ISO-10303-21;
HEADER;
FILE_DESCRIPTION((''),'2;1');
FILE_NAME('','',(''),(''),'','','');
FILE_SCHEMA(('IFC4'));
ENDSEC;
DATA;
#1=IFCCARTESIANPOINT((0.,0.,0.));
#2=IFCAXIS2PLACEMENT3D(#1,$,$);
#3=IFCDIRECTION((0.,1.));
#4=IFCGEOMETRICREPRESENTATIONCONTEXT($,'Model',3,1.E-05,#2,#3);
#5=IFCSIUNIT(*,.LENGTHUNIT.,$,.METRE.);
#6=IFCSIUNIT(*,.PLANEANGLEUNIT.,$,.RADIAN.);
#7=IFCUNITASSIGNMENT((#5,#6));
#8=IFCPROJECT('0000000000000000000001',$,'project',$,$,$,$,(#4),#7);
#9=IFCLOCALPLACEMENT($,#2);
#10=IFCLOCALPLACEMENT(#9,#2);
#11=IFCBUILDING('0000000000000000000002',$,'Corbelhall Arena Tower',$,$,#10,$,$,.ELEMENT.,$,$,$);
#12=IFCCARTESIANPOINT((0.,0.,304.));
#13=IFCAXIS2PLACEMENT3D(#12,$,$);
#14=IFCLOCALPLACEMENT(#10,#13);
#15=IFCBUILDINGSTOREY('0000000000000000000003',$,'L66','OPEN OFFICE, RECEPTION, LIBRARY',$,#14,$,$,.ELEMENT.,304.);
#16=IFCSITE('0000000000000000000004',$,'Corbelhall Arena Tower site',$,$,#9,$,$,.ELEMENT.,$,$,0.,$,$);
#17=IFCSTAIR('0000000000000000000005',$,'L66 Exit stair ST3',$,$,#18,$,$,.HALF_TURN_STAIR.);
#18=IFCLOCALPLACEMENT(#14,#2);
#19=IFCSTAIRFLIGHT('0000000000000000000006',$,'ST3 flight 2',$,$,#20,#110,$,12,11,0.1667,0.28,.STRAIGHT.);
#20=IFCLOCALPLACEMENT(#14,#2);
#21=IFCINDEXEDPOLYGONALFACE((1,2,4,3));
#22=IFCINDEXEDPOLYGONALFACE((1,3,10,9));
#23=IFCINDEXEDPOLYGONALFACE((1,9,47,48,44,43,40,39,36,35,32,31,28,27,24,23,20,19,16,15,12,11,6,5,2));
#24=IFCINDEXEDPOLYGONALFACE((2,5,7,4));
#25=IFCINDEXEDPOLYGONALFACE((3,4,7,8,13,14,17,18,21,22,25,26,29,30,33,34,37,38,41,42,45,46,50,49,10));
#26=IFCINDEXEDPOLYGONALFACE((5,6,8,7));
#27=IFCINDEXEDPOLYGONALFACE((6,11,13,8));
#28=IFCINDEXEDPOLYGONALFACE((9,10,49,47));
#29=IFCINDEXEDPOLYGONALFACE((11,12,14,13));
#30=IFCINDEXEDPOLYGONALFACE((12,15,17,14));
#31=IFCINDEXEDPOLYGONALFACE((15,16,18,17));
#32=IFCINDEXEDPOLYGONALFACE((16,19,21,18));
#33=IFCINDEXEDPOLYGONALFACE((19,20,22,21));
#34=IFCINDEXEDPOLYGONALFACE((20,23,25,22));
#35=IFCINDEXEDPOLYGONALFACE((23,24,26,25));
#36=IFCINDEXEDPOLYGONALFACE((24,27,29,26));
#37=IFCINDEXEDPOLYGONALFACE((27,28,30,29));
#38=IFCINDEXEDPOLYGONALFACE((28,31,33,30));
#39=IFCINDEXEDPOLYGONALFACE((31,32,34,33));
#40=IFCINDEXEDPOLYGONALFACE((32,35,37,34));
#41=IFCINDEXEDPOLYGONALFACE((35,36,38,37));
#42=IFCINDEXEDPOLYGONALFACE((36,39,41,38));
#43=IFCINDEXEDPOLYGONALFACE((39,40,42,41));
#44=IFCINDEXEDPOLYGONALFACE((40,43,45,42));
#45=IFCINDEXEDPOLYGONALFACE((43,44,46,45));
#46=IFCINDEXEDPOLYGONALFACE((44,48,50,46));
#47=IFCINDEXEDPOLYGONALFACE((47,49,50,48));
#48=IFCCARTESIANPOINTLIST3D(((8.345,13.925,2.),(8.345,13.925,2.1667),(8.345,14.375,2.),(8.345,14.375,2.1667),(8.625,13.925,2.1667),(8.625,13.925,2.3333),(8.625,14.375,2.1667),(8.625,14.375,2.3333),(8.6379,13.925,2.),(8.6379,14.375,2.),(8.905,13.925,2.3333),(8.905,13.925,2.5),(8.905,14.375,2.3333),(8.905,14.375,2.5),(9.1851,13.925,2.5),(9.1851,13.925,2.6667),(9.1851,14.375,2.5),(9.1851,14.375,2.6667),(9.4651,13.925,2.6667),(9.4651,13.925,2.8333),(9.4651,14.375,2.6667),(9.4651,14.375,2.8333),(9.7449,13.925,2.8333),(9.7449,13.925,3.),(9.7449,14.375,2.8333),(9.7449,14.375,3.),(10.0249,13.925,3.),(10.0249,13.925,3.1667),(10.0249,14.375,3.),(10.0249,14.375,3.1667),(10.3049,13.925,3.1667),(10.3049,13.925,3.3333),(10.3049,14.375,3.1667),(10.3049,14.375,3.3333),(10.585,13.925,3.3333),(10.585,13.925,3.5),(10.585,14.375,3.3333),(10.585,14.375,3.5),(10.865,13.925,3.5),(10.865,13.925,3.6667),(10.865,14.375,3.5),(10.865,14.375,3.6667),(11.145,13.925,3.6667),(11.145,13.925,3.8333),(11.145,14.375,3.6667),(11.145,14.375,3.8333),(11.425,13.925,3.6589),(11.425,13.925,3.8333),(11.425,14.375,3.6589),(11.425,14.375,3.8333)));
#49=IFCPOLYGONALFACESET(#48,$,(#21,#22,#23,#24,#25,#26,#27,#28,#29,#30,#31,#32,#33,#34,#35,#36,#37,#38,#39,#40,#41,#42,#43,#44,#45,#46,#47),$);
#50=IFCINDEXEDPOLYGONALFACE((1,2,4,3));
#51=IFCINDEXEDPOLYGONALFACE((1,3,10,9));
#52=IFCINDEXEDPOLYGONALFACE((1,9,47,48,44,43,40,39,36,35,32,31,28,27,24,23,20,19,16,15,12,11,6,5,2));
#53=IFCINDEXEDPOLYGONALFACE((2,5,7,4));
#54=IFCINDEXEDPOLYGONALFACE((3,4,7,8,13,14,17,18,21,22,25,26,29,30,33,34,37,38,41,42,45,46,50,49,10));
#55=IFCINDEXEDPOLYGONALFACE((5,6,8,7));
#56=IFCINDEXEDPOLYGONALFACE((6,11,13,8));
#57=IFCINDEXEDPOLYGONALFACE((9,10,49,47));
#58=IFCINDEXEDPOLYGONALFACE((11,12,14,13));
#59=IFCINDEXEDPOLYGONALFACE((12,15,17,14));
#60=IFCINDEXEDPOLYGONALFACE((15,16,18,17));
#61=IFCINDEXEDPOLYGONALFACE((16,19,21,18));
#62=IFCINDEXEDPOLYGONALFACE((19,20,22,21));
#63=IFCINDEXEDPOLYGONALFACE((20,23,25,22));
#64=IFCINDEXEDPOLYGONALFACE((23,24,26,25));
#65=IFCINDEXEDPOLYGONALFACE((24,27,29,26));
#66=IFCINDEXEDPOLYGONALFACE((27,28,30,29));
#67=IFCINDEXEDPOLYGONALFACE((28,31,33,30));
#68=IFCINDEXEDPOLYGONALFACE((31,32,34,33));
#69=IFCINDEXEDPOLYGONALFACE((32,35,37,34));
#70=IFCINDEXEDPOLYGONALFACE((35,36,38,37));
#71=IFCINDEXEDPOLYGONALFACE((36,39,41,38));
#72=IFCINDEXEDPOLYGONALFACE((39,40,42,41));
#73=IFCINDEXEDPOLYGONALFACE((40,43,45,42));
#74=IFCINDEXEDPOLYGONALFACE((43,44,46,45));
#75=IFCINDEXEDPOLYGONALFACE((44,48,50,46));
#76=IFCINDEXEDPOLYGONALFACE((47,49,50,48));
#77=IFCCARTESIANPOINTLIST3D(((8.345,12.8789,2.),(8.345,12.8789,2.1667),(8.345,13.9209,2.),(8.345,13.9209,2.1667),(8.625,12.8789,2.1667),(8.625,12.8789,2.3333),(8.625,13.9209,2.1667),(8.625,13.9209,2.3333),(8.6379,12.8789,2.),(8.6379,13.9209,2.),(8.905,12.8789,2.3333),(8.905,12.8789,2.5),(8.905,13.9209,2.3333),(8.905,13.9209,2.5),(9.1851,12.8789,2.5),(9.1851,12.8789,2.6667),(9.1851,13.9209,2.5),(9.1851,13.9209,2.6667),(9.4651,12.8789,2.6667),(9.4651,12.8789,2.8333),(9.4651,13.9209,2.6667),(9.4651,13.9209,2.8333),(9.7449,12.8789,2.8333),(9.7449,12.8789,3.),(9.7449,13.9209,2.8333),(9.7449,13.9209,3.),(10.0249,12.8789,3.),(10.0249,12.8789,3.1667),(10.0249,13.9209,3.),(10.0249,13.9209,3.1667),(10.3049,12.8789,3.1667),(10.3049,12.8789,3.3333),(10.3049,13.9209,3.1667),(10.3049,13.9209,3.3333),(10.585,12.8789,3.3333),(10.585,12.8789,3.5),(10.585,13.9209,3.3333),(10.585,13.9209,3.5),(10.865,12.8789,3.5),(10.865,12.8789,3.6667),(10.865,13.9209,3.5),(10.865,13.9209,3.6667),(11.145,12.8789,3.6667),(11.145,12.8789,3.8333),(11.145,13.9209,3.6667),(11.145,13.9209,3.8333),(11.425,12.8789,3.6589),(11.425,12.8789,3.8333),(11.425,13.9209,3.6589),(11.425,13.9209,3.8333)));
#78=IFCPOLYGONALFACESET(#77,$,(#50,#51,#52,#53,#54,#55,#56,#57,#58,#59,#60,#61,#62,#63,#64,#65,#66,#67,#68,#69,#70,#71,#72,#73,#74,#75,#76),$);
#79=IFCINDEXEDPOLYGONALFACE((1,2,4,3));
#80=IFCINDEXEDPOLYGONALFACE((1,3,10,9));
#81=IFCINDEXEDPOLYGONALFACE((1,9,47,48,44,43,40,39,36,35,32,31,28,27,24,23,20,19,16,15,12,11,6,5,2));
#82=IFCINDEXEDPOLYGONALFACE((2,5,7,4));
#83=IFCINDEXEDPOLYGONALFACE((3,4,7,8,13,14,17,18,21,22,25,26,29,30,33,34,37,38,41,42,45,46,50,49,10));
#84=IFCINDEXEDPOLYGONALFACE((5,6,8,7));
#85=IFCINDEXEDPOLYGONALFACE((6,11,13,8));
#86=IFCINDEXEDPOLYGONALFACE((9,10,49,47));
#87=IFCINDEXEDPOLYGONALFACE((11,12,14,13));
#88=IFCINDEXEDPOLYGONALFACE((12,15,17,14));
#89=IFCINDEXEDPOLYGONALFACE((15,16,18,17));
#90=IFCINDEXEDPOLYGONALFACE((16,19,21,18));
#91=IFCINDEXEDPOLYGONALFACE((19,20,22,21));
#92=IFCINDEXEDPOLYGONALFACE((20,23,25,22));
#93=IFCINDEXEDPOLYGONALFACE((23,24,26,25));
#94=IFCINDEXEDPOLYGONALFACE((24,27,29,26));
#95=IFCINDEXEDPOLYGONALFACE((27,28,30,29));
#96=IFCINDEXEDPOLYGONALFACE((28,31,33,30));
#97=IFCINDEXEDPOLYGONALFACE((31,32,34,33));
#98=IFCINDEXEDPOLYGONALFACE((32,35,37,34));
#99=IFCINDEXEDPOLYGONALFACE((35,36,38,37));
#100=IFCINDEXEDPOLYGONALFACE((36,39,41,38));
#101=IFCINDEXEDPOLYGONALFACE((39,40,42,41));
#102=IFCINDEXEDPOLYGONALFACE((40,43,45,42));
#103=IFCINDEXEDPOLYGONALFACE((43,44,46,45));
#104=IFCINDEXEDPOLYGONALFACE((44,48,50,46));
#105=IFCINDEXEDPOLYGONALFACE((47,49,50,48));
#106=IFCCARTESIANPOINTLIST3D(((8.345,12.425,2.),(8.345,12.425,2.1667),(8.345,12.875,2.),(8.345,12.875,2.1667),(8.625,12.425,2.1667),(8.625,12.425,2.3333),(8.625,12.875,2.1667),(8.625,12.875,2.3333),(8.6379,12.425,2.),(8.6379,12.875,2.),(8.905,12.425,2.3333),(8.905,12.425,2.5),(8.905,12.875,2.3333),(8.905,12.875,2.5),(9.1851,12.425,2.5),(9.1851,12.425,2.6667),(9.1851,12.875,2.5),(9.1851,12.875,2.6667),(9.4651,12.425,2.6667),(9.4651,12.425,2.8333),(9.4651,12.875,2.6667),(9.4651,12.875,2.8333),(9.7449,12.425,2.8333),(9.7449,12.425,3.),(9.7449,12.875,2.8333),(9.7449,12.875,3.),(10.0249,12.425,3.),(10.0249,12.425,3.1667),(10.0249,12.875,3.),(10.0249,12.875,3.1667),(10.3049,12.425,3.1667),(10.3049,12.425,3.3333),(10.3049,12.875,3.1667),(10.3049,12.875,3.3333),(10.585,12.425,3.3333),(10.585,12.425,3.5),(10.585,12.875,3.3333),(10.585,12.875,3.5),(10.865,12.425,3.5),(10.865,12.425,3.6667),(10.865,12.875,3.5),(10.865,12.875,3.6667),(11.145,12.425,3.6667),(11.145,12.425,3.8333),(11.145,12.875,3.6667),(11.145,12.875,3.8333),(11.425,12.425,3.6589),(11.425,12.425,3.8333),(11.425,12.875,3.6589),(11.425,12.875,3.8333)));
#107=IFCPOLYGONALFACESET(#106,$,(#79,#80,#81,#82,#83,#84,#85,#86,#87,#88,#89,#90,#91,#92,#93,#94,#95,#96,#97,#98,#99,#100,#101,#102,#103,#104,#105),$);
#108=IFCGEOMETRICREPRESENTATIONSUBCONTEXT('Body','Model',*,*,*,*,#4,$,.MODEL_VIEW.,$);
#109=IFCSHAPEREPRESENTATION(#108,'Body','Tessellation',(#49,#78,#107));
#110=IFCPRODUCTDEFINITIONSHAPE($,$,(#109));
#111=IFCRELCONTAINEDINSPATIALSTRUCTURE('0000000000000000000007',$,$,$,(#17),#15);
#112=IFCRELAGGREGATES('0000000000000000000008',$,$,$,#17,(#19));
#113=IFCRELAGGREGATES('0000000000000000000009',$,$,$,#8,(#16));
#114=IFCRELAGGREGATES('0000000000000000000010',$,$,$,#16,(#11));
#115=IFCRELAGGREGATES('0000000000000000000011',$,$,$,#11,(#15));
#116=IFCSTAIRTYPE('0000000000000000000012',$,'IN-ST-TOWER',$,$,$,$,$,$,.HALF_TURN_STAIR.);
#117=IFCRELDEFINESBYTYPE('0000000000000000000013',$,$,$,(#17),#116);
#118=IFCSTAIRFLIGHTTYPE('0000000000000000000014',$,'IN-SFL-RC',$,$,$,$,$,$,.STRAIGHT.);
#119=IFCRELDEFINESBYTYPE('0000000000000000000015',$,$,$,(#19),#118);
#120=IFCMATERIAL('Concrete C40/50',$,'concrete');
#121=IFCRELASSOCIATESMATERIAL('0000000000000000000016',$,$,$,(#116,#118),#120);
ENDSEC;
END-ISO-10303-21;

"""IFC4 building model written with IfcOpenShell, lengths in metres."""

from ifc_helpers import new_model, si_unit, direction, frame, origin, place, context, subcontext, project, spatial, polyline, outline, extrude, material, type_object, element, aggregate, save


model = new_model("IFC4")

# Units and contexts
model_context = context("Model", 3, precision=1e-05, world=origin(), true_north=direction((0.0, 1.0)))
body_context = subcontext(model_context, "Body", "Model", "MODEL_VIEW")
ifc_project = project(units=[si_unit("LENGTHUNIT", "METRE"), si_unit("PLANEANGLEUNIT", "RADIAN")], contexts=[model_context])

# Site, building, storey
site_placement = place(None, origin())
site = spatial("IfcSite", under=ifc_project, at=site_placement, Name="Corbelhall Arena Tower site", CompositionType="ELEMENT", RefElevation=0.0)
building_placement = place(site_placement, origin())
building = spatial("IfcBuilding", under=site, at=building_placement, Name="Corbelhall Arena Tower", CompositionType="ELEMENT")
storey_placement = place(building_placement, frame((0.0, 0.0, 304.0)))
storey = spatial("IfcBuildingStorey", under=building, at=storey_placement, Name="L66", Description="OPEN OFFICE, RECEPTION, LIBRARY", CompositionType="ELEMENT", Elevation=304.0)

# Shared definitions
ifc_material_1 = material(Name="Concrete C40/50", Category="concrete")

# Stair, stair flight
stair_type = type_object("IfcStairType", Name="IN-ST-TOWER", PredefinedType="HALF_TURN_STAIR", material=ifc_material_1)
stair_placement = place(storey_placement, origin())
stair = element("IfcStair", 1, at=stair_placement, inside=storey, type_object=stair_type, Name="L66 Exit stair ST3", PredefinedType="HALF_TURN_STAIR")
stair_flight_type = type_object("IfcStairFlightType", Name="IN-SFL-RC", PredefinedType="STRAIGHT", material=ifc_material_1)
stair_flight_1_placement = place(storey_placement, frame((8.345, 13.3999, 2.0), z_axis=(0.0, 0.0, 1.0), x_axis=(1.0, 0.0, 0.0)))
stair_flight_1 = element("IfcStairFlight", 2, at=stair_flight_1_placement, type_object=stair_flight_type, Name="ST3 flight 2", NumberOfRisers=12, NumberOfTreads=11, PredefinedType="STRAIGHT", RiserHeight=0.1667, TreadLength=0.28, context=body_context, shape_type="SweptSolid", body=[
    extrude(outline(polyline([(0.0, 0.0), (0.0, 0.1667), (0.28, 0.1667), (0.28, 0.3333), (0.5601, 0.3333), (0.5601, 0.5), (0.8401, 0.5), (0.8401, 0.6667), (1.1201, 0.6667), (1.1201, 0.8333), (1.3999, 0.8333), (1.3999, 1.0), (1.6799, 1.0), (1.6799, 1.1667), (1.96, 1.1667), (1.96, 1.3333), (2.24, 1.3333), (2.24, 1.5), (2.52, 1.5), (2.52, 1.6667), (2.8, 1.6667), (2.8, 1.8333), (3.0801, 1.8333), (3.0801, 2.0), (3.0801, 1.6589), (0.293, 0.0), (0.0, 0.0)])), frame((0.0, 0.9751, 0.0), z_axis=(0.0, -1.0, 0.0), x_axis=(1.0, 0.0, 0.0)), (0.0, 0.0, 1.0), 0.45),
    extrude(outline(polyline([(0.0, 0.0), (0.0, 0.1667), (0.28, 0.1667), (0.28, 0.3333), (0.5601, 0.3333), (0.5601, 0.5), (0.8401, 0.5), (0.8401, 0.6667), (1.1201, 0.6667), (1.1201, 0.8333), (1.3999, 0.8333), (1.3999, 1.0), (1.6799, 1.0), (1.6799, 1.1667), (1.96, 1.1667), (1.96, 1.3333), (2.24, 1.3333), (2.24, 1.5), (2.52, 1.5), (2.52, 1.6667), (2.8, 1.6667), (2.8, 1.8333), (3.0801, 1.8333), (3.0801, 2.0), (3.0801, 1.6589), (0.293, 0.0), (0.0, 0.0)])), frame((0.0, 0.521, 0.0), z_axis=(0.0, -1.0, 0.0), x_axis=(1.0, 0.0, 0.0)), (0.0, 0.0, 1.0), 1.042),
    extrude(outline(polyline([(0.0, 0.0), (0.0, 0.1667), (0.28, 0.1667), (0.28, 0.3333), (0.5601, 0.3333), (0.5601, 0.5), (0.8401, 0.5), (0.8401, 0.6667), (1.1201, 0.6667), (1.1201, 0.8333), (1.3999, 0.8333), (1.3999, 1.0), (1.6799, 1.0), (1.6799, 1.1667), (1.96, 1.1667), (1.96, 1.3333), (2.24, 1.3333), (2.24, 1.5), (2.52, 1.5), (2.52, 1.6667), (2.8, 1.6667), (2.8, 1.8333), (3.0801, 1.8333), (3.0801, 2.0), (3.0801, 1.6589), (0.293, 0.0), (0.0, 0.0)])), frame((0.0, -0.5249, 0.0), z_axis=(0.0, -1.0, 0.0), x_axis=(1.0, 0.0, 0.0)), (0.0, 0.0, 1.0), 0.45),
])
aggregate(stair, [stair_flight_1])

save(model, "model.ifc")
